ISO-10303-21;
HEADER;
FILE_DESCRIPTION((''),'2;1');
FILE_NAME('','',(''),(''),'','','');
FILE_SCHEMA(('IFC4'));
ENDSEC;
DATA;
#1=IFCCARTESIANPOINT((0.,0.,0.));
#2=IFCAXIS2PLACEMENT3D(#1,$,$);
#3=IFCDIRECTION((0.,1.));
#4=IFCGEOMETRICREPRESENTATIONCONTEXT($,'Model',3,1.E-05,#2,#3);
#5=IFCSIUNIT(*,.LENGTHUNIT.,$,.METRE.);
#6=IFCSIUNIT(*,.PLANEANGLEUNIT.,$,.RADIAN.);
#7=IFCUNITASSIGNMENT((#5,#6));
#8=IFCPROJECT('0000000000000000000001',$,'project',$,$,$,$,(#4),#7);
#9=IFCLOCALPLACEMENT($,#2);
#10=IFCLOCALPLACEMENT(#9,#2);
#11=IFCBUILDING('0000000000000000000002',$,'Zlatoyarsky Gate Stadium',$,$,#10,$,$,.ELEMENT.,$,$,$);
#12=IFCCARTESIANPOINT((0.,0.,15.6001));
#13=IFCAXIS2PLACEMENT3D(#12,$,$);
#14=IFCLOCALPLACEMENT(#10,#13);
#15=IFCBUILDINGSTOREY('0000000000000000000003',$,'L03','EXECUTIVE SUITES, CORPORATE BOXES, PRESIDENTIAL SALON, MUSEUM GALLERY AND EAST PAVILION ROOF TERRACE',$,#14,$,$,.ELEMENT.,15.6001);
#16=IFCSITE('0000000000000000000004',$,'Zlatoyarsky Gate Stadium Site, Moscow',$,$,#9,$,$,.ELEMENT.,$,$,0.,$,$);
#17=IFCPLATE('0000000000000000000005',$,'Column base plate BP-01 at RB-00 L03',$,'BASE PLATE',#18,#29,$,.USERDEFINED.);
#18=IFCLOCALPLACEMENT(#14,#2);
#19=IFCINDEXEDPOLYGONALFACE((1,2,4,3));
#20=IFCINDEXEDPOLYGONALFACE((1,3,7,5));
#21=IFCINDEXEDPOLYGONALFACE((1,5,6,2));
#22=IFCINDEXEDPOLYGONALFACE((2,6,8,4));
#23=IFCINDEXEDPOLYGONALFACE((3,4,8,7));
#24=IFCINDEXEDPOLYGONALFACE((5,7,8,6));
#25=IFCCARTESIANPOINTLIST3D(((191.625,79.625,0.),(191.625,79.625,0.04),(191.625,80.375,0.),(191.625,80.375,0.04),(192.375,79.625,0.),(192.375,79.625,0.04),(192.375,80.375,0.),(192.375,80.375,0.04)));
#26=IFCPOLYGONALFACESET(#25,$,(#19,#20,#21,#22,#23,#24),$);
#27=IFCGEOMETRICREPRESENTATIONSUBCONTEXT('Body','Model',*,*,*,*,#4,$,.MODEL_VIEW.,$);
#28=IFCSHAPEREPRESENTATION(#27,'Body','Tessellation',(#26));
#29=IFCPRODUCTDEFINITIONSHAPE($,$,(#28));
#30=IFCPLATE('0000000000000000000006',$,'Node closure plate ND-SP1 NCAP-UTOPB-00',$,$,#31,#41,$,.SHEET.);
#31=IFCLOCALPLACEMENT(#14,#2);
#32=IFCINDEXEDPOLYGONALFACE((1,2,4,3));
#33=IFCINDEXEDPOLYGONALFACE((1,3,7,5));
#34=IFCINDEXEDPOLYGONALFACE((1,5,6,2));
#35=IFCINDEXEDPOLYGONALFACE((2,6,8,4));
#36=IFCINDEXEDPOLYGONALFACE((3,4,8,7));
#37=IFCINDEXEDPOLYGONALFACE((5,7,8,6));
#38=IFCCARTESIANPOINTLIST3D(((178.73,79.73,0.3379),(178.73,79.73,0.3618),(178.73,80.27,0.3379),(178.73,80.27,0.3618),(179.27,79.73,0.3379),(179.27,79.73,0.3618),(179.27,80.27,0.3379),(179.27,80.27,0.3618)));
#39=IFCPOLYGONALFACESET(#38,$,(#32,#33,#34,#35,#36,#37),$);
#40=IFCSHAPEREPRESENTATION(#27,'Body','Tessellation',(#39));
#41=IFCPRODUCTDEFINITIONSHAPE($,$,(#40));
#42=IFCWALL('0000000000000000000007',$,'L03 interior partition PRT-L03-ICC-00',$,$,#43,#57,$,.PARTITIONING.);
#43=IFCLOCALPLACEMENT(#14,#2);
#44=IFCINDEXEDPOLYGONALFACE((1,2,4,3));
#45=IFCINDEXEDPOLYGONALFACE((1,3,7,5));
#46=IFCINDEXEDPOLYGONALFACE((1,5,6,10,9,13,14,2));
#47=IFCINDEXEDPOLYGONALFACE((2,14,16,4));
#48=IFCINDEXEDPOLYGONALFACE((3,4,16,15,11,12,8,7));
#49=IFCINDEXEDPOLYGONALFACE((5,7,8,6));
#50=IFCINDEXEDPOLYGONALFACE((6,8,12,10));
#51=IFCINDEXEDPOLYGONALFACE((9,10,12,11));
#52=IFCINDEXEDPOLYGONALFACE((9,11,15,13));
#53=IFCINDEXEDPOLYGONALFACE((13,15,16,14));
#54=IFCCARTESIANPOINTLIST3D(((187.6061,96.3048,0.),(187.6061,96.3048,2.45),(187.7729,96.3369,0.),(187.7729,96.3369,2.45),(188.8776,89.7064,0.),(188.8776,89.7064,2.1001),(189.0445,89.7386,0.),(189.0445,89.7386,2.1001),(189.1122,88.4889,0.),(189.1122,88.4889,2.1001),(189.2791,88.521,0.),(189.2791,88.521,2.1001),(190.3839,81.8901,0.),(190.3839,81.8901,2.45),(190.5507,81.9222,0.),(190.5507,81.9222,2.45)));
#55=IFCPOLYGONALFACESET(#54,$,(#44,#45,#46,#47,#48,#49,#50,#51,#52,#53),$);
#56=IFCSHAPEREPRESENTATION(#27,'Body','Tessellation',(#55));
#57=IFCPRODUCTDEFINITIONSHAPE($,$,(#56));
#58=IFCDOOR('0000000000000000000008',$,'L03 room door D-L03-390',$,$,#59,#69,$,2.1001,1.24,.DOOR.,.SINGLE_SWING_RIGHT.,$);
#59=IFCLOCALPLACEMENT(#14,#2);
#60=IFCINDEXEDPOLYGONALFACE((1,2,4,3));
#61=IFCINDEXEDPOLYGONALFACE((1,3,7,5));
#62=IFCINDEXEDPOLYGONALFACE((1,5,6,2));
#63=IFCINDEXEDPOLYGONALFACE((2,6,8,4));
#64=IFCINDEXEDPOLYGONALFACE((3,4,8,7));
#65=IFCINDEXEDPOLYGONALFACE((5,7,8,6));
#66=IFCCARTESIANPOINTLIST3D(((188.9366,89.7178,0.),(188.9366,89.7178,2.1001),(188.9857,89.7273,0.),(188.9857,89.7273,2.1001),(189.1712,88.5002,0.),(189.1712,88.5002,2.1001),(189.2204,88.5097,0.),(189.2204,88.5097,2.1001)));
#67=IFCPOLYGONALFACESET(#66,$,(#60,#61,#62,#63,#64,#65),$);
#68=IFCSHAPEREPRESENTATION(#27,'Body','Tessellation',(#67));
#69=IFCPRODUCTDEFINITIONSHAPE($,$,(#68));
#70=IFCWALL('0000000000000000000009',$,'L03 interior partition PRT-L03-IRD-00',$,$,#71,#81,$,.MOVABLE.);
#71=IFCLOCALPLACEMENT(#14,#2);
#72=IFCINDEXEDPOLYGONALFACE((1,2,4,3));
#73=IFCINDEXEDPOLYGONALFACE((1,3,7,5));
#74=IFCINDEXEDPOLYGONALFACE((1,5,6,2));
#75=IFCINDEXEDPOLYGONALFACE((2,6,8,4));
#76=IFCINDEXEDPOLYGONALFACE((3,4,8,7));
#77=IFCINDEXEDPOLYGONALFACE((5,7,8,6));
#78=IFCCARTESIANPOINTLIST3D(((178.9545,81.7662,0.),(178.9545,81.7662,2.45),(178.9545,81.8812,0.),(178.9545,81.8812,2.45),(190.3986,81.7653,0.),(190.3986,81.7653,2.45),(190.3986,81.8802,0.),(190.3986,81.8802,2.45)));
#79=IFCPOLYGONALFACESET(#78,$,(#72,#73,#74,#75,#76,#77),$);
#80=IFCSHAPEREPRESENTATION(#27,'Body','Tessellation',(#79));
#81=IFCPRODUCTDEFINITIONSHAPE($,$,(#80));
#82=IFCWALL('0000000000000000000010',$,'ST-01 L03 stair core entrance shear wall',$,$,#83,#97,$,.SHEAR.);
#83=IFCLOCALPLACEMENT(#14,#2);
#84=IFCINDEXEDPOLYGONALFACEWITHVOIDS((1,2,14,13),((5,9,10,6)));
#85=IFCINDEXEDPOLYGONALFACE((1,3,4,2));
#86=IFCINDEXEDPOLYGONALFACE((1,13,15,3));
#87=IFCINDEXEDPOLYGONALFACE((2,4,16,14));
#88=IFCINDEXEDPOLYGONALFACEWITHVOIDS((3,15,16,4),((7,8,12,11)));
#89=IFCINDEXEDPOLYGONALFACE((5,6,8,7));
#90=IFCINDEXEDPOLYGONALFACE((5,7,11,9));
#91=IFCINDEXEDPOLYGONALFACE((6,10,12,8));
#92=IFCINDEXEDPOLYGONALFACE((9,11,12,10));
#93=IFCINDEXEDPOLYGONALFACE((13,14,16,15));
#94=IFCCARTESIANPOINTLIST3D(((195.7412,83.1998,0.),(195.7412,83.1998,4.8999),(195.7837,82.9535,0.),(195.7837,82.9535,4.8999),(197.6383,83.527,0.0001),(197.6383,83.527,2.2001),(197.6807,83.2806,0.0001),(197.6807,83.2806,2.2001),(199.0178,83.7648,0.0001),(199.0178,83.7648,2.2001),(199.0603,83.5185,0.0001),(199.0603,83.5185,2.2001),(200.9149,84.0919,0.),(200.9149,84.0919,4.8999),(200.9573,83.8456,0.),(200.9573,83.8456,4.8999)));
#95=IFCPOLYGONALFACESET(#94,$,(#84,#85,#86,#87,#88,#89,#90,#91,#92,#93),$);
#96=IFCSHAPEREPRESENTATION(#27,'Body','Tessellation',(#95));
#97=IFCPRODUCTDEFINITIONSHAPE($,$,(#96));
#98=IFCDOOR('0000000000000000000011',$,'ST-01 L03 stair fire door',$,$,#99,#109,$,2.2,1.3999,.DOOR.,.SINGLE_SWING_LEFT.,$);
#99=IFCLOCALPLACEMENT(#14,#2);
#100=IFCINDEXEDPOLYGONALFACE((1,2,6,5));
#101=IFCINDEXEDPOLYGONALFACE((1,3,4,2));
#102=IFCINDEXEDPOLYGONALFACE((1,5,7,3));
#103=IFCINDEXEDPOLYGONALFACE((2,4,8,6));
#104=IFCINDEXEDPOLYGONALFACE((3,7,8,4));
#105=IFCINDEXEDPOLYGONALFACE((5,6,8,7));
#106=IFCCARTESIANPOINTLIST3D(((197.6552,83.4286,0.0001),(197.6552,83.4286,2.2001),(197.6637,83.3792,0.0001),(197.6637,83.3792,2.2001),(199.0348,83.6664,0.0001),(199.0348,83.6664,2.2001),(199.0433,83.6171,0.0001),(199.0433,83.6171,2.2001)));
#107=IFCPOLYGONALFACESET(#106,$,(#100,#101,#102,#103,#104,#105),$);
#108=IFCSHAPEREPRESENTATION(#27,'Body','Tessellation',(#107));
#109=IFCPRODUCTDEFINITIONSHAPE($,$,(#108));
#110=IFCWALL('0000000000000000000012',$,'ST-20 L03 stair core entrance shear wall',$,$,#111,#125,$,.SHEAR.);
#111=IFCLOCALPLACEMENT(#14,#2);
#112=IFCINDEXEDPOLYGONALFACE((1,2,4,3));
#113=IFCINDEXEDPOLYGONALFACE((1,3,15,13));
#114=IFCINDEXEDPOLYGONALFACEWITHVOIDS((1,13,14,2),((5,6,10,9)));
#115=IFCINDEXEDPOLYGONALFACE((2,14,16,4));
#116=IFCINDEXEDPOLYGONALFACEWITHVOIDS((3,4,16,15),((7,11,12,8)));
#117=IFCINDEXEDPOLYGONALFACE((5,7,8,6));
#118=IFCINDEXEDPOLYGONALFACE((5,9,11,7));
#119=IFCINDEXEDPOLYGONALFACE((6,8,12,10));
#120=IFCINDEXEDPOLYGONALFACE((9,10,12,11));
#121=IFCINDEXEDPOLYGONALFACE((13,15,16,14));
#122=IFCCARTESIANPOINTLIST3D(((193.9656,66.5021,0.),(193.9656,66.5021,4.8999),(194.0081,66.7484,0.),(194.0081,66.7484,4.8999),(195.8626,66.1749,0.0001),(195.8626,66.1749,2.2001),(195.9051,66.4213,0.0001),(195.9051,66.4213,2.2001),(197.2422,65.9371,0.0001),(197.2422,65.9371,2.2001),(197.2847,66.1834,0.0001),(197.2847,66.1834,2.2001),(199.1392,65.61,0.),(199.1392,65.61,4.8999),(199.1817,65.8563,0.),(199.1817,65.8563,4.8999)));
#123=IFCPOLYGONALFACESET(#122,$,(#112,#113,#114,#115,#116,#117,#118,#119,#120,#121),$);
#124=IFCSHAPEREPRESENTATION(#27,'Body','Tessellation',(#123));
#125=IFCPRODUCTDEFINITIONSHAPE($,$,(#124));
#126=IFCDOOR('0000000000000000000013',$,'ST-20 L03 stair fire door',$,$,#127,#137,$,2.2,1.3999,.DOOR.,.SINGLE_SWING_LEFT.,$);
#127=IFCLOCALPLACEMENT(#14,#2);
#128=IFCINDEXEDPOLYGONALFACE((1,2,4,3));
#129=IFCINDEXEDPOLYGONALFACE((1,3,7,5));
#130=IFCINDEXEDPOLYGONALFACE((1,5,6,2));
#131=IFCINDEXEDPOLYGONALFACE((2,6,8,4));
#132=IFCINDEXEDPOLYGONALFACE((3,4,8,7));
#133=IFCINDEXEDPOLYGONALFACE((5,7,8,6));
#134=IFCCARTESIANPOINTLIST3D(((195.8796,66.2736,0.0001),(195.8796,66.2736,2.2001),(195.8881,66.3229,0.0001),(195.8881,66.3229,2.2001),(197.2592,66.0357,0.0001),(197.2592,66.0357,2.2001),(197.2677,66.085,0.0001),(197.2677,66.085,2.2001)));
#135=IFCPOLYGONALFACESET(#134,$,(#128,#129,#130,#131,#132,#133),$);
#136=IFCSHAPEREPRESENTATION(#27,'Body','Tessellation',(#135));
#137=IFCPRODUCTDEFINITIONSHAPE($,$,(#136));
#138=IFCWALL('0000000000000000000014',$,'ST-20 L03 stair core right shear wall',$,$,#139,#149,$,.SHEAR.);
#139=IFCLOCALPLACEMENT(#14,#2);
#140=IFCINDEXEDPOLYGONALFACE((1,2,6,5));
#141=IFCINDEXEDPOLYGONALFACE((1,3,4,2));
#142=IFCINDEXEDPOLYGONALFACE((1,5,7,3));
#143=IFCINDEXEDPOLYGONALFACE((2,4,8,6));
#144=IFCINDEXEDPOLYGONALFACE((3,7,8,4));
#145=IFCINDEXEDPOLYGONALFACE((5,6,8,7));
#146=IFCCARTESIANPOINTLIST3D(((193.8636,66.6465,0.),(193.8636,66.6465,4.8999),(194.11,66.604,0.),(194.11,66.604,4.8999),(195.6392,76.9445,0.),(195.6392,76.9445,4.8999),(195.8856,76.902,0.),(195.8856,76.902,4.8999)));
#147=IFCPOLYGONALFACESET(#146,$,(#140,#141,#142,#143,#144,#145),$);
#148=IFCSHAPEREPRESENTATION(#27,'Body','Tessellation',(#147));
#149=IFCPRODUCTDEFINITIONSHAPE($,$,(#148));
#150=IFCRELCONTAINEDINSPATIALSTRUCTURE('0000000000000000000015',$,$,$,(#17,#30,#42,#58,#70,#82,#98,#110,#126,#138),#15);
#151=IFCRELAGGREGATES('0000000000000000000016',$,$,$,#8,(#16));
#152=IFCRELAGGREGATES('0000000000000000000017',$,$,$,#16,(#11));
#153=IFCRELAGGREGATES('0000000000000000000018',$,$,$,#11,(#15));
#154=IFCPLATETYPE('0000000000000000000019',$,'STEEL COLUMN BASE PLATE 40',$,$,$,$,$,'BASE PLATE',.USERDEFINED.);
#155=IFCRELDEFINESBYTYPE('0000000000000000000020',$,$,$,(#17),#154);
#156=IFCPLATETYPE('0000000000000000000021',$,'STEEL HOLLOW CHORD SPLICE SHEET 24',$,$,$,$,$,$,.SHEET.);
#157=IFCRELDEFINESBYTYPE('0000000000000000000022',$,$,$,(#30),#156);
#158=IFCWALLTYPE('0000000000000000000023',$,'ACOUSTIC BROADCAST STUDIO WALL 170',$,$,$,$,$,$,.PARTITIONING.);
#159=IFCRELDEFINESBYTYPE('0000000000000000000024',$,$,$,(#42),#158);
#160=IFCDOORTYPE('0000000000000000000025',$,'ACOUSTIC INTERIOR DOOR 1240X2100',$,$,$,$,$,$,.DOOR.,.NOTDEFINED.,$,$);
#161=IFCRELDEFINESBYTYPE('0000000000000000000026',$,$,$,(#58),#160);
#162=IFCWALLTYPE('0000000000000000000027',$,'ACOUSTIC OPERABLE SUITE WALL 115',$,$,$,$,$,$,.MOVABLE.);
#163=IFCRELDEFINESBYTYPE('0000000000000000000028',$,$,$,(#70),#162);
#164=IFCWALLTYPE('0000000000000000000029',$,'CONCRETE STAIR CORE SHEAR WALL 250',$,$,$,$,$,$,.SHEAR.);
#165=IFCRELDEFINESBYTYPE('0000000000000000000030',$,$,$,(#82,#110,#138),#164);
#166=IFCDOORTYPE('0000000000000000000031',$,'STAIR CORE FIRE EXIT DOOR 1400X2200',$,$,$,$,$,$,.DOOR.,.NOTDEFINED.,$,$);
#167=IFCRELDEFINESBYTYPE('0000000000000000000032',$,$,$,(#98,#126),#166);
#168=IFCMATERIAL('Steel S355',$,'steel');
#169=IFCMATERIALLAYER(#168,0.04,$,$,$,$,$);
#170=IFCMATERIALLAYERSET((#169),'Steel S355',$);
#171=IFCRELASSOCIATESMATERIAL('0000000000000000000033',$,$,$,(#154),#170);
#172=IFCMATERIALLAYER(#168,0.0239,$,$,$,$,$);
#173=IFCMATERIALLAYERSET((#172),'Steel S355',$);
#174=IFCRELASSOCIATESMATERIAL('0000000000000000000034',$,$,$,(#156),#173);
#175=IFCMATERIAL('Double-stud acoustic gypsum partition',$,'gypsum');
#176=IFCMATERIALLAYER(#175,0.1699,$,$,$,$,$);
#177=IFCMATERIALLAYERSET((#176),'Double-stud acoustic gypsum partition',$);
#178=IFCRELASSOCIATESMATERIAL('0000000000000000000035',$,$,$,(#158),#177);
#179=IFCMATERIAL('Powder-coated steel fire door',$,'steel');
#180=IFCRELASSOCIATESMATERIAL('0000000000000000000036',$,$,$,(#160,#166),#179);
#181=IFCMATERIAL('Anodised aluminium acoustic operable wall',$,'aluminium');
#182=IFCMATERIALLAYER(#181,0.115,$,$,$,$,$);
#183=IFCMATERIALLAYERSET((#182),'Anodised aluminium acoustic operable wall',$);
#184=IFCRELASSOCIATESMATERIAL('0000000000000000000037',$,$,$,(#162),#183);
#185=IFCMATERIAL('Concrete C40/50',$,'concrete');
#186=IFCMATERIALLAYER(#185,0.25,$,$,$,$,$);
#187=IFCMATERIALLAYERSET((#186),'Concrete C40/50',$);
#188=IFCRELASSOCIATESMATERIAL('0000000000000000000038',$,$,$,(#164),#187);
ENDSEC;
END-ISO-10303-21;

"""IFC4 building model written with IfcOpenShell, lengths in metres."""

from ifc_helpers import new_model, si_unit, direction, frame, frame_2d, origin, origin_2d, place, context, subcontext, project, spatial, rectangle, extrude, material, layer, layer_set, type_object, element, fill, save


model = new_model("IFC4")

# Units and contexts
model_context = context("Model", 3, precision=1e-05, world=origin(), true_north=direction((0.0, 1.0)))
body_context = subcontext(model_context, "Body", "Model", "MODEL_VIEW")
ifc_project = project(units=[si_unit("LENGTHUNIT", "METRE"), si_unit("PLANEANGLEUNIT", "RADIAN")], contexts=[model_context])

# Site, building, storey
site_placement = place(None, origin())
site = spatial("IfcSite", under=ifc_project, at=site_placement, Name="Zlatoyarsky Gate Stadium Site, Moscow", CompositionType="ELEMENT", RefElevation=0.0)
building_placement = place(site_placement, origin())
building = spatial("IfcBuilding", under=site, at=building_placement, Name="Zlatoyarsky Gate Stadium", CompositionType="ELEMENT")
storey_placement = place(building_placement, frame((0.0, 0.0, 15.6001)))
storey = spatial("IfcBuildingStorey", under=building, at=storey_placement, Name="L03", Description="EXECUTIVE SUITES, CORPORATE BOXES, PRESIDENTIAL SALON, MUSEUM GALLERY AND EAST PAVILION ROOF TERRACE", CompositionType="ELEMENT", Elevation=15.6001)

# Shared definitions
ifc_material_1 = material(Name="Steel S355", Category="steel")

# Plates
ifc_layer_1 = layer(ifc_material_1, 0.04)
ifc_layer_set_1 = layer_set([ifc_layer_1], Name="Steel S355")
plate_type_1 = type_object("IfcPlateType", Name="STEEL COLUMN BASE PLATE 40", ElementType="BASE PLATE", PredefinedType="USERDEFINED", material=ifc_layer_set_1)
plate_1_placement = place(storey_placement, frame((192.0, 80.0, 0.0), z_axis=(0.0, 0.0, 1.0), x_axis=(1.0, 0.0, 0.0)))
element("IfcPlate", 1, at=plate_1_placement, inside=storey, type_object=plate_type_1, Name="Column base plate BP-01 at RB-00 L03", ObjectType="BASE PLATE", PredefinedType="USERDEFINED", context=body_context, shape_type="SweptSolid", body=[
    extrude(rectangle(XDim=0.75, YDim=0.75, at=origin_2d()), origin(), (0.0, 0.0, 1.0), 0.04),
])
ifc_layer_2 = layer(ifc_material_1, 0.0239)
ifc_layer_set_2 = layer_set([ifc_layer_2], Name="Steel S355")
plate_type_2 = type_object("IfcPlateType", Name="STEEL HOLLOW CHORD SPLICE SHEET 24", PredefinedType="SHEET", material=ifc_layer_set_2)
plate_2_placement = place(storey_placement, frame((179.0, 80.0, 0.3379), z_axis=(0.0, 0.0, 1.0), x_axis=(1.0, 0.0, 0.0)))
element("IfcPlate", 2, at=plate_2_placement, inside=storey, type_object=plate_type_2, Name="Node closure plate ND-SP1 NCAP-UTOPB-00", PredefinedType="SHEET", context=body_context, shape_type="SweptSolid", body=[
    extrude(rectangle(XDim=0.54, YDim=0.54, at=origin_2d()), origin(), (0.0, 0.0, 1.0), 0.0239),
])

# Wall, opening, door
ifc_material_2 = material(Name="Double-stud acoustic gypsum partition", Category="gypsum")
ifc_layer_3 = layer(ifc_material_2, 0.1699)
ifc_layer_set_3 = layer_set([ifc_layer_3], Name="Double-stud acoustic gypsum partition")
wall_type_1 = type_object("IfcWallType", Name="ACOUSTIC BROADCAST STUDIO WALL 170", PredefinedType="PARTITIONING", material=ifc_layer_set_3)
wall_1_placement = place(storey_placement, frame((190.4673, 81.9062, 0.0), z_axis=(0.0, 0.0, 1.0), x_axis=(-0.189225, 0.981934, 0.0)))
wall_1 = element("IfcWall", 3, at=wall_1_placement, inside=storey, type_object=wall_type_1, Name="L03 interior partition PRT-L03-ICC-00", PredefinedType="PARTITIONING", context=body_context, shape_type="SweptSolid", body=[
    extrude(rectangle(XDim=14.6799, YDim=0.1699, at=frame_2d((7.3398, 0.0))), origin(), (0.0, 0.0, 1.0), 2.45),
])
opening_1_placement = place(wall_1_placement, frame((6.72, 0.0, 0.0)))
opening_1 = element("IfcOpeningElement", 4, at=opening_1_placement, cuts=wall_1, PredefinedType="OPENING", context=body_context, shape_type="SweptSolid", body=[
    extrude(rectangle(XDim=1.24, YDim=2.1001, at=frame_2d((0.6201, 1.05))), frame((0.0, 0.095, 0.0), z_axis=(0.0, -1.0, 0.0), x_axis=(1.0, 0.0, 0.0)), (0.0, 0.0, 1.0), 0.1899),
])
ifc_material_3 = material(Name="Powder-coated steel fire door", Category="steel")
door_type_1 = type_object("IfcDoorType", Name="ACOUSTIC INTERIOR DOOR 1240X2100", OperationType="NOTDEFINED", PredefinedType="DOOR", material=ifc_material_3)
door_1_placement = place(opening_1_placement, origin())
door_1 = element("IfcDoor", 5, at=door_1_placement, inside=storey, type_object=door_type_1, Name="L03 room door D-L03-390", OperationType="SINGLE_SWING_RIGHT", OverallHeight=2.1001, OverallWidth=1.24, PredefinedType="DOOR", context=body_context, shape_type="SweptSolid", body=[
    extrude(rectangle(XDim=1.24, YDim=2.1001, at=frame_2d((0.6201, 1.05))), frame((0.0, 0.0249, 0.0), z_axis=(0.0, -1.0, 0.0), x_axis=(1.0, 0.0, 0.0)), (0.0, 0.0, 1.0), 0.05),
])
fill(opening_1, door_1)

# Wall
ifc_material_4 = material(Name="Anodised aluminium acoustic operable wall", Category="aluminium")
ifc_layer_4 = layer(ifc_material_4, 0.115)
ifc_layer_set_4 = layer_set([ifc_layer_4], Name="Anodised aluminium acoustic operable wall")
wall_type_2 = type_object("IfcWallType", Name="ACOUSTIC OPERABLE SUITE WALL 115", PredefinedType="MOVABLE", material=ifc_layer_set_4)
wall_2_placement = place(storey_placement, frame((178.9543, 81.8237, 0.0), z_axis=(0.0, 0.0, 1.0), x_axis=(1.0, -0.000085, 0.0)))
element("IfcWall", 6, at=wall_2_placement, inside=storey, type_object=wall_type_2, Name="L03 interior partition PRT-L03-IRD-00", PredefinedType="MOVABLE", context=body_context, shape_type="SweptSolid", body=[
    extrude(rectangle(XDim=11.4441, YDim=0.115, at=frame_2d((5.7222, 0.0))), origin(), (0.0, 0.0, 1.0), 2.45),
])

# Walls, openings, doors
ifc_material_5 = material(Name="Concrete C40/50", Category="concrete")
ifc_layer_5 = layer(ifc_material_5, 0.25)
ifc_layer_set_5 = layer_set([ifc_layer_5], Name="Concrete C40/50")
wall_type_3 = type_object("IfcWallType", Name="CONCRETE STAIR CORE SHEAR WALL 250", PredefinedType="SHEAR", material=ifc_layer_set_5)
wall_3_placement = place(storey_placement, frame((195.7625, 83.0767, 0.0), z_axis=(0.0, 0.0, 1.0), x_axis=(0.985457, 0.169924, 0.0)))
wall_3 = element("IfcWall", 7, at=wall_3_placement, inside=storey, type_object=wall_type_3, Name="ST-01 L03 stair core entrance shear wall", PredefinedType="SHEAR", context=body_context, shape_type="SweptSolid", body=[
    extrude(rectangle(XDim=5.25, YDim=0.25, at=frame_2d((2.625, 0.0))), origin(), (0.0, 0.0, 1.0), 4.8999),
])
opening_2_placement = place(wall_3_placement, frame((1.925, 0.0, 0.0)))
opening_2 = element("IfcOpeningElement", 8, at=opening_2_placement, cuts=wall_3, PredefinedType="OPENING", context=body_context, shape_type="SweptSolid", body=[
    extrude(rectangle(XDim=1.3999, YDim=2.2, at=frame_2d((0.7, 1.1001))), frame((0.0, 0.135, 0.0), z_axis=(0.0, -1.0, 0.0), x_axis=(1.0, 0.0, 0.0)), (0.0, 0.0, 1.0), 0.27),
])
door_type_2 = type_object("IfcDoorType", Name="STAIR CORE FIRE EXIT DOOR 1400X2200", OperationType="NOTDEFINED", PredefinedType="DOOR", material=ifc_material_3)
door_2_placement = place(opening_2_placement, frame((1.3999, 0.0, 0.0), z_axis=(0.0, 0.0, 1.0), x_axis=(-1.0, 0.0, 0.0)))
door_2 = element("IfcDoor", 9, at=door_2_placement, inside=storey, type_object=door_type_2, Name="ST-01 L03 stair fire door", OperationType="SINGLE_SWING_LEFT", OverallHeight=2.2, OverallWidth=1.3999, PredefinedType="DOOR", context=body_context, shape_type="SweptSolid", body=[
    extrude(rectangle(XDim=1.3999, YDim=2.2, at=frame_2d((0.7, 1.1001))), frame((0.0, 0.0249, 0.0), z_axis=(0.0, -1.0, 0.0), x_axis=(1.0, 0.0, 0.0)), (0.0, 0.0, 1.0), 0.05),
])
fill(opening_2, door_2)
wall_4_placement = place(storey_placement, frame((193.9868, 66.6252, 0.0), z_axis=(0.0, 0.0, 1.0), x_axis=(0.985457, -0.169924, 0.0)))
wall_4 = element("IfcWall", 10, at=wall_4_placement, inside=storey, type_object=wall_type_3, Name="ST-20 L03 stair core entrance shear wall", PredefinedType="SHEAR", context=body_context, shape_type="SweptSolid", body=[
    extrude(rectangle(XDim=5.25, YDim=0.25, at=frame_2d((2.625, 0.0))), origin(), (0.0, 0.0, 1.0), 4.8999),
])
opening_3_placement = place(wall_4_placement, frame((1.925, 0.0, 0.0)))
opening_3 = element("IfcOpeningElement", 11, at=opening_3_placement, cuts=wall_4, PredefinedType="OPENING", context=body_context, shape_type="SweptSolid", body=[
    extrude(rectangle(XDim=1.3999, YDim=2.2, at=frame_2d((0.7, 1.1001))), frame((0.0, 0.135, 0.0), z_axis=(0.0, -1.0, 0.0), x_axis=(1.0, 0.0, 0.0)), (0.0, 0.0, 1.0), 0.27),
])
door_3_placement = place(opening_3_placement, frame((1.3999, 0.0, 0.0), z_axis=(0.0, 0.0, 1.0), x_axis=(-1.0, 0.0, 0.0)))
door_3 = element("IfcDoor", 12, at=door_3_placement, inside=storey, type_object=door_type_2, Name="ST-20 L03 stair fire door", OperationType="SINGLE_SWING_LEFT", OverallHeight=2.2, OverallWidth=1.3999, PredefinedType="DOOR", context=body_context, shape_type="SweptSolid", body=[
    extrude(rectangle(XDim=1.3999, YDim=2.2, at=frame_2d((0.7, 1.1001))), frame((0.0, 0.0249, 0.0), z_axis=(0.0, -1.0, 0.0), x_axis=(1.0, 0.0, 0.0)), (0.0, 0.0, 1.0), 0.05),
])
fill(opening_3, door_3)

# Wall
wall_5_placement = place(storey_placement, frame((195.7625, 76.9233, 0.0), z_axis=(0.0, 0.0, 1.0), x_axis=(-0.169916, -0.985458, 0.0)))
element("IfcWall", 13, at=wall_5_placement, inside=storey, type_object=wall_type_3, Name="ST-20 L03 stair core right shear wall", PredefinedType="SHEAR", context=body_context, shape_type="SweptSolid", body=[
    extrude(rectangle(XDim=10.45, YDim=0.25, at=frame_2d((5.2251, 0.0))), origin(), (0.0, 0.0, 1.0), 4.8999),
])

save(model, "model.ifc")
